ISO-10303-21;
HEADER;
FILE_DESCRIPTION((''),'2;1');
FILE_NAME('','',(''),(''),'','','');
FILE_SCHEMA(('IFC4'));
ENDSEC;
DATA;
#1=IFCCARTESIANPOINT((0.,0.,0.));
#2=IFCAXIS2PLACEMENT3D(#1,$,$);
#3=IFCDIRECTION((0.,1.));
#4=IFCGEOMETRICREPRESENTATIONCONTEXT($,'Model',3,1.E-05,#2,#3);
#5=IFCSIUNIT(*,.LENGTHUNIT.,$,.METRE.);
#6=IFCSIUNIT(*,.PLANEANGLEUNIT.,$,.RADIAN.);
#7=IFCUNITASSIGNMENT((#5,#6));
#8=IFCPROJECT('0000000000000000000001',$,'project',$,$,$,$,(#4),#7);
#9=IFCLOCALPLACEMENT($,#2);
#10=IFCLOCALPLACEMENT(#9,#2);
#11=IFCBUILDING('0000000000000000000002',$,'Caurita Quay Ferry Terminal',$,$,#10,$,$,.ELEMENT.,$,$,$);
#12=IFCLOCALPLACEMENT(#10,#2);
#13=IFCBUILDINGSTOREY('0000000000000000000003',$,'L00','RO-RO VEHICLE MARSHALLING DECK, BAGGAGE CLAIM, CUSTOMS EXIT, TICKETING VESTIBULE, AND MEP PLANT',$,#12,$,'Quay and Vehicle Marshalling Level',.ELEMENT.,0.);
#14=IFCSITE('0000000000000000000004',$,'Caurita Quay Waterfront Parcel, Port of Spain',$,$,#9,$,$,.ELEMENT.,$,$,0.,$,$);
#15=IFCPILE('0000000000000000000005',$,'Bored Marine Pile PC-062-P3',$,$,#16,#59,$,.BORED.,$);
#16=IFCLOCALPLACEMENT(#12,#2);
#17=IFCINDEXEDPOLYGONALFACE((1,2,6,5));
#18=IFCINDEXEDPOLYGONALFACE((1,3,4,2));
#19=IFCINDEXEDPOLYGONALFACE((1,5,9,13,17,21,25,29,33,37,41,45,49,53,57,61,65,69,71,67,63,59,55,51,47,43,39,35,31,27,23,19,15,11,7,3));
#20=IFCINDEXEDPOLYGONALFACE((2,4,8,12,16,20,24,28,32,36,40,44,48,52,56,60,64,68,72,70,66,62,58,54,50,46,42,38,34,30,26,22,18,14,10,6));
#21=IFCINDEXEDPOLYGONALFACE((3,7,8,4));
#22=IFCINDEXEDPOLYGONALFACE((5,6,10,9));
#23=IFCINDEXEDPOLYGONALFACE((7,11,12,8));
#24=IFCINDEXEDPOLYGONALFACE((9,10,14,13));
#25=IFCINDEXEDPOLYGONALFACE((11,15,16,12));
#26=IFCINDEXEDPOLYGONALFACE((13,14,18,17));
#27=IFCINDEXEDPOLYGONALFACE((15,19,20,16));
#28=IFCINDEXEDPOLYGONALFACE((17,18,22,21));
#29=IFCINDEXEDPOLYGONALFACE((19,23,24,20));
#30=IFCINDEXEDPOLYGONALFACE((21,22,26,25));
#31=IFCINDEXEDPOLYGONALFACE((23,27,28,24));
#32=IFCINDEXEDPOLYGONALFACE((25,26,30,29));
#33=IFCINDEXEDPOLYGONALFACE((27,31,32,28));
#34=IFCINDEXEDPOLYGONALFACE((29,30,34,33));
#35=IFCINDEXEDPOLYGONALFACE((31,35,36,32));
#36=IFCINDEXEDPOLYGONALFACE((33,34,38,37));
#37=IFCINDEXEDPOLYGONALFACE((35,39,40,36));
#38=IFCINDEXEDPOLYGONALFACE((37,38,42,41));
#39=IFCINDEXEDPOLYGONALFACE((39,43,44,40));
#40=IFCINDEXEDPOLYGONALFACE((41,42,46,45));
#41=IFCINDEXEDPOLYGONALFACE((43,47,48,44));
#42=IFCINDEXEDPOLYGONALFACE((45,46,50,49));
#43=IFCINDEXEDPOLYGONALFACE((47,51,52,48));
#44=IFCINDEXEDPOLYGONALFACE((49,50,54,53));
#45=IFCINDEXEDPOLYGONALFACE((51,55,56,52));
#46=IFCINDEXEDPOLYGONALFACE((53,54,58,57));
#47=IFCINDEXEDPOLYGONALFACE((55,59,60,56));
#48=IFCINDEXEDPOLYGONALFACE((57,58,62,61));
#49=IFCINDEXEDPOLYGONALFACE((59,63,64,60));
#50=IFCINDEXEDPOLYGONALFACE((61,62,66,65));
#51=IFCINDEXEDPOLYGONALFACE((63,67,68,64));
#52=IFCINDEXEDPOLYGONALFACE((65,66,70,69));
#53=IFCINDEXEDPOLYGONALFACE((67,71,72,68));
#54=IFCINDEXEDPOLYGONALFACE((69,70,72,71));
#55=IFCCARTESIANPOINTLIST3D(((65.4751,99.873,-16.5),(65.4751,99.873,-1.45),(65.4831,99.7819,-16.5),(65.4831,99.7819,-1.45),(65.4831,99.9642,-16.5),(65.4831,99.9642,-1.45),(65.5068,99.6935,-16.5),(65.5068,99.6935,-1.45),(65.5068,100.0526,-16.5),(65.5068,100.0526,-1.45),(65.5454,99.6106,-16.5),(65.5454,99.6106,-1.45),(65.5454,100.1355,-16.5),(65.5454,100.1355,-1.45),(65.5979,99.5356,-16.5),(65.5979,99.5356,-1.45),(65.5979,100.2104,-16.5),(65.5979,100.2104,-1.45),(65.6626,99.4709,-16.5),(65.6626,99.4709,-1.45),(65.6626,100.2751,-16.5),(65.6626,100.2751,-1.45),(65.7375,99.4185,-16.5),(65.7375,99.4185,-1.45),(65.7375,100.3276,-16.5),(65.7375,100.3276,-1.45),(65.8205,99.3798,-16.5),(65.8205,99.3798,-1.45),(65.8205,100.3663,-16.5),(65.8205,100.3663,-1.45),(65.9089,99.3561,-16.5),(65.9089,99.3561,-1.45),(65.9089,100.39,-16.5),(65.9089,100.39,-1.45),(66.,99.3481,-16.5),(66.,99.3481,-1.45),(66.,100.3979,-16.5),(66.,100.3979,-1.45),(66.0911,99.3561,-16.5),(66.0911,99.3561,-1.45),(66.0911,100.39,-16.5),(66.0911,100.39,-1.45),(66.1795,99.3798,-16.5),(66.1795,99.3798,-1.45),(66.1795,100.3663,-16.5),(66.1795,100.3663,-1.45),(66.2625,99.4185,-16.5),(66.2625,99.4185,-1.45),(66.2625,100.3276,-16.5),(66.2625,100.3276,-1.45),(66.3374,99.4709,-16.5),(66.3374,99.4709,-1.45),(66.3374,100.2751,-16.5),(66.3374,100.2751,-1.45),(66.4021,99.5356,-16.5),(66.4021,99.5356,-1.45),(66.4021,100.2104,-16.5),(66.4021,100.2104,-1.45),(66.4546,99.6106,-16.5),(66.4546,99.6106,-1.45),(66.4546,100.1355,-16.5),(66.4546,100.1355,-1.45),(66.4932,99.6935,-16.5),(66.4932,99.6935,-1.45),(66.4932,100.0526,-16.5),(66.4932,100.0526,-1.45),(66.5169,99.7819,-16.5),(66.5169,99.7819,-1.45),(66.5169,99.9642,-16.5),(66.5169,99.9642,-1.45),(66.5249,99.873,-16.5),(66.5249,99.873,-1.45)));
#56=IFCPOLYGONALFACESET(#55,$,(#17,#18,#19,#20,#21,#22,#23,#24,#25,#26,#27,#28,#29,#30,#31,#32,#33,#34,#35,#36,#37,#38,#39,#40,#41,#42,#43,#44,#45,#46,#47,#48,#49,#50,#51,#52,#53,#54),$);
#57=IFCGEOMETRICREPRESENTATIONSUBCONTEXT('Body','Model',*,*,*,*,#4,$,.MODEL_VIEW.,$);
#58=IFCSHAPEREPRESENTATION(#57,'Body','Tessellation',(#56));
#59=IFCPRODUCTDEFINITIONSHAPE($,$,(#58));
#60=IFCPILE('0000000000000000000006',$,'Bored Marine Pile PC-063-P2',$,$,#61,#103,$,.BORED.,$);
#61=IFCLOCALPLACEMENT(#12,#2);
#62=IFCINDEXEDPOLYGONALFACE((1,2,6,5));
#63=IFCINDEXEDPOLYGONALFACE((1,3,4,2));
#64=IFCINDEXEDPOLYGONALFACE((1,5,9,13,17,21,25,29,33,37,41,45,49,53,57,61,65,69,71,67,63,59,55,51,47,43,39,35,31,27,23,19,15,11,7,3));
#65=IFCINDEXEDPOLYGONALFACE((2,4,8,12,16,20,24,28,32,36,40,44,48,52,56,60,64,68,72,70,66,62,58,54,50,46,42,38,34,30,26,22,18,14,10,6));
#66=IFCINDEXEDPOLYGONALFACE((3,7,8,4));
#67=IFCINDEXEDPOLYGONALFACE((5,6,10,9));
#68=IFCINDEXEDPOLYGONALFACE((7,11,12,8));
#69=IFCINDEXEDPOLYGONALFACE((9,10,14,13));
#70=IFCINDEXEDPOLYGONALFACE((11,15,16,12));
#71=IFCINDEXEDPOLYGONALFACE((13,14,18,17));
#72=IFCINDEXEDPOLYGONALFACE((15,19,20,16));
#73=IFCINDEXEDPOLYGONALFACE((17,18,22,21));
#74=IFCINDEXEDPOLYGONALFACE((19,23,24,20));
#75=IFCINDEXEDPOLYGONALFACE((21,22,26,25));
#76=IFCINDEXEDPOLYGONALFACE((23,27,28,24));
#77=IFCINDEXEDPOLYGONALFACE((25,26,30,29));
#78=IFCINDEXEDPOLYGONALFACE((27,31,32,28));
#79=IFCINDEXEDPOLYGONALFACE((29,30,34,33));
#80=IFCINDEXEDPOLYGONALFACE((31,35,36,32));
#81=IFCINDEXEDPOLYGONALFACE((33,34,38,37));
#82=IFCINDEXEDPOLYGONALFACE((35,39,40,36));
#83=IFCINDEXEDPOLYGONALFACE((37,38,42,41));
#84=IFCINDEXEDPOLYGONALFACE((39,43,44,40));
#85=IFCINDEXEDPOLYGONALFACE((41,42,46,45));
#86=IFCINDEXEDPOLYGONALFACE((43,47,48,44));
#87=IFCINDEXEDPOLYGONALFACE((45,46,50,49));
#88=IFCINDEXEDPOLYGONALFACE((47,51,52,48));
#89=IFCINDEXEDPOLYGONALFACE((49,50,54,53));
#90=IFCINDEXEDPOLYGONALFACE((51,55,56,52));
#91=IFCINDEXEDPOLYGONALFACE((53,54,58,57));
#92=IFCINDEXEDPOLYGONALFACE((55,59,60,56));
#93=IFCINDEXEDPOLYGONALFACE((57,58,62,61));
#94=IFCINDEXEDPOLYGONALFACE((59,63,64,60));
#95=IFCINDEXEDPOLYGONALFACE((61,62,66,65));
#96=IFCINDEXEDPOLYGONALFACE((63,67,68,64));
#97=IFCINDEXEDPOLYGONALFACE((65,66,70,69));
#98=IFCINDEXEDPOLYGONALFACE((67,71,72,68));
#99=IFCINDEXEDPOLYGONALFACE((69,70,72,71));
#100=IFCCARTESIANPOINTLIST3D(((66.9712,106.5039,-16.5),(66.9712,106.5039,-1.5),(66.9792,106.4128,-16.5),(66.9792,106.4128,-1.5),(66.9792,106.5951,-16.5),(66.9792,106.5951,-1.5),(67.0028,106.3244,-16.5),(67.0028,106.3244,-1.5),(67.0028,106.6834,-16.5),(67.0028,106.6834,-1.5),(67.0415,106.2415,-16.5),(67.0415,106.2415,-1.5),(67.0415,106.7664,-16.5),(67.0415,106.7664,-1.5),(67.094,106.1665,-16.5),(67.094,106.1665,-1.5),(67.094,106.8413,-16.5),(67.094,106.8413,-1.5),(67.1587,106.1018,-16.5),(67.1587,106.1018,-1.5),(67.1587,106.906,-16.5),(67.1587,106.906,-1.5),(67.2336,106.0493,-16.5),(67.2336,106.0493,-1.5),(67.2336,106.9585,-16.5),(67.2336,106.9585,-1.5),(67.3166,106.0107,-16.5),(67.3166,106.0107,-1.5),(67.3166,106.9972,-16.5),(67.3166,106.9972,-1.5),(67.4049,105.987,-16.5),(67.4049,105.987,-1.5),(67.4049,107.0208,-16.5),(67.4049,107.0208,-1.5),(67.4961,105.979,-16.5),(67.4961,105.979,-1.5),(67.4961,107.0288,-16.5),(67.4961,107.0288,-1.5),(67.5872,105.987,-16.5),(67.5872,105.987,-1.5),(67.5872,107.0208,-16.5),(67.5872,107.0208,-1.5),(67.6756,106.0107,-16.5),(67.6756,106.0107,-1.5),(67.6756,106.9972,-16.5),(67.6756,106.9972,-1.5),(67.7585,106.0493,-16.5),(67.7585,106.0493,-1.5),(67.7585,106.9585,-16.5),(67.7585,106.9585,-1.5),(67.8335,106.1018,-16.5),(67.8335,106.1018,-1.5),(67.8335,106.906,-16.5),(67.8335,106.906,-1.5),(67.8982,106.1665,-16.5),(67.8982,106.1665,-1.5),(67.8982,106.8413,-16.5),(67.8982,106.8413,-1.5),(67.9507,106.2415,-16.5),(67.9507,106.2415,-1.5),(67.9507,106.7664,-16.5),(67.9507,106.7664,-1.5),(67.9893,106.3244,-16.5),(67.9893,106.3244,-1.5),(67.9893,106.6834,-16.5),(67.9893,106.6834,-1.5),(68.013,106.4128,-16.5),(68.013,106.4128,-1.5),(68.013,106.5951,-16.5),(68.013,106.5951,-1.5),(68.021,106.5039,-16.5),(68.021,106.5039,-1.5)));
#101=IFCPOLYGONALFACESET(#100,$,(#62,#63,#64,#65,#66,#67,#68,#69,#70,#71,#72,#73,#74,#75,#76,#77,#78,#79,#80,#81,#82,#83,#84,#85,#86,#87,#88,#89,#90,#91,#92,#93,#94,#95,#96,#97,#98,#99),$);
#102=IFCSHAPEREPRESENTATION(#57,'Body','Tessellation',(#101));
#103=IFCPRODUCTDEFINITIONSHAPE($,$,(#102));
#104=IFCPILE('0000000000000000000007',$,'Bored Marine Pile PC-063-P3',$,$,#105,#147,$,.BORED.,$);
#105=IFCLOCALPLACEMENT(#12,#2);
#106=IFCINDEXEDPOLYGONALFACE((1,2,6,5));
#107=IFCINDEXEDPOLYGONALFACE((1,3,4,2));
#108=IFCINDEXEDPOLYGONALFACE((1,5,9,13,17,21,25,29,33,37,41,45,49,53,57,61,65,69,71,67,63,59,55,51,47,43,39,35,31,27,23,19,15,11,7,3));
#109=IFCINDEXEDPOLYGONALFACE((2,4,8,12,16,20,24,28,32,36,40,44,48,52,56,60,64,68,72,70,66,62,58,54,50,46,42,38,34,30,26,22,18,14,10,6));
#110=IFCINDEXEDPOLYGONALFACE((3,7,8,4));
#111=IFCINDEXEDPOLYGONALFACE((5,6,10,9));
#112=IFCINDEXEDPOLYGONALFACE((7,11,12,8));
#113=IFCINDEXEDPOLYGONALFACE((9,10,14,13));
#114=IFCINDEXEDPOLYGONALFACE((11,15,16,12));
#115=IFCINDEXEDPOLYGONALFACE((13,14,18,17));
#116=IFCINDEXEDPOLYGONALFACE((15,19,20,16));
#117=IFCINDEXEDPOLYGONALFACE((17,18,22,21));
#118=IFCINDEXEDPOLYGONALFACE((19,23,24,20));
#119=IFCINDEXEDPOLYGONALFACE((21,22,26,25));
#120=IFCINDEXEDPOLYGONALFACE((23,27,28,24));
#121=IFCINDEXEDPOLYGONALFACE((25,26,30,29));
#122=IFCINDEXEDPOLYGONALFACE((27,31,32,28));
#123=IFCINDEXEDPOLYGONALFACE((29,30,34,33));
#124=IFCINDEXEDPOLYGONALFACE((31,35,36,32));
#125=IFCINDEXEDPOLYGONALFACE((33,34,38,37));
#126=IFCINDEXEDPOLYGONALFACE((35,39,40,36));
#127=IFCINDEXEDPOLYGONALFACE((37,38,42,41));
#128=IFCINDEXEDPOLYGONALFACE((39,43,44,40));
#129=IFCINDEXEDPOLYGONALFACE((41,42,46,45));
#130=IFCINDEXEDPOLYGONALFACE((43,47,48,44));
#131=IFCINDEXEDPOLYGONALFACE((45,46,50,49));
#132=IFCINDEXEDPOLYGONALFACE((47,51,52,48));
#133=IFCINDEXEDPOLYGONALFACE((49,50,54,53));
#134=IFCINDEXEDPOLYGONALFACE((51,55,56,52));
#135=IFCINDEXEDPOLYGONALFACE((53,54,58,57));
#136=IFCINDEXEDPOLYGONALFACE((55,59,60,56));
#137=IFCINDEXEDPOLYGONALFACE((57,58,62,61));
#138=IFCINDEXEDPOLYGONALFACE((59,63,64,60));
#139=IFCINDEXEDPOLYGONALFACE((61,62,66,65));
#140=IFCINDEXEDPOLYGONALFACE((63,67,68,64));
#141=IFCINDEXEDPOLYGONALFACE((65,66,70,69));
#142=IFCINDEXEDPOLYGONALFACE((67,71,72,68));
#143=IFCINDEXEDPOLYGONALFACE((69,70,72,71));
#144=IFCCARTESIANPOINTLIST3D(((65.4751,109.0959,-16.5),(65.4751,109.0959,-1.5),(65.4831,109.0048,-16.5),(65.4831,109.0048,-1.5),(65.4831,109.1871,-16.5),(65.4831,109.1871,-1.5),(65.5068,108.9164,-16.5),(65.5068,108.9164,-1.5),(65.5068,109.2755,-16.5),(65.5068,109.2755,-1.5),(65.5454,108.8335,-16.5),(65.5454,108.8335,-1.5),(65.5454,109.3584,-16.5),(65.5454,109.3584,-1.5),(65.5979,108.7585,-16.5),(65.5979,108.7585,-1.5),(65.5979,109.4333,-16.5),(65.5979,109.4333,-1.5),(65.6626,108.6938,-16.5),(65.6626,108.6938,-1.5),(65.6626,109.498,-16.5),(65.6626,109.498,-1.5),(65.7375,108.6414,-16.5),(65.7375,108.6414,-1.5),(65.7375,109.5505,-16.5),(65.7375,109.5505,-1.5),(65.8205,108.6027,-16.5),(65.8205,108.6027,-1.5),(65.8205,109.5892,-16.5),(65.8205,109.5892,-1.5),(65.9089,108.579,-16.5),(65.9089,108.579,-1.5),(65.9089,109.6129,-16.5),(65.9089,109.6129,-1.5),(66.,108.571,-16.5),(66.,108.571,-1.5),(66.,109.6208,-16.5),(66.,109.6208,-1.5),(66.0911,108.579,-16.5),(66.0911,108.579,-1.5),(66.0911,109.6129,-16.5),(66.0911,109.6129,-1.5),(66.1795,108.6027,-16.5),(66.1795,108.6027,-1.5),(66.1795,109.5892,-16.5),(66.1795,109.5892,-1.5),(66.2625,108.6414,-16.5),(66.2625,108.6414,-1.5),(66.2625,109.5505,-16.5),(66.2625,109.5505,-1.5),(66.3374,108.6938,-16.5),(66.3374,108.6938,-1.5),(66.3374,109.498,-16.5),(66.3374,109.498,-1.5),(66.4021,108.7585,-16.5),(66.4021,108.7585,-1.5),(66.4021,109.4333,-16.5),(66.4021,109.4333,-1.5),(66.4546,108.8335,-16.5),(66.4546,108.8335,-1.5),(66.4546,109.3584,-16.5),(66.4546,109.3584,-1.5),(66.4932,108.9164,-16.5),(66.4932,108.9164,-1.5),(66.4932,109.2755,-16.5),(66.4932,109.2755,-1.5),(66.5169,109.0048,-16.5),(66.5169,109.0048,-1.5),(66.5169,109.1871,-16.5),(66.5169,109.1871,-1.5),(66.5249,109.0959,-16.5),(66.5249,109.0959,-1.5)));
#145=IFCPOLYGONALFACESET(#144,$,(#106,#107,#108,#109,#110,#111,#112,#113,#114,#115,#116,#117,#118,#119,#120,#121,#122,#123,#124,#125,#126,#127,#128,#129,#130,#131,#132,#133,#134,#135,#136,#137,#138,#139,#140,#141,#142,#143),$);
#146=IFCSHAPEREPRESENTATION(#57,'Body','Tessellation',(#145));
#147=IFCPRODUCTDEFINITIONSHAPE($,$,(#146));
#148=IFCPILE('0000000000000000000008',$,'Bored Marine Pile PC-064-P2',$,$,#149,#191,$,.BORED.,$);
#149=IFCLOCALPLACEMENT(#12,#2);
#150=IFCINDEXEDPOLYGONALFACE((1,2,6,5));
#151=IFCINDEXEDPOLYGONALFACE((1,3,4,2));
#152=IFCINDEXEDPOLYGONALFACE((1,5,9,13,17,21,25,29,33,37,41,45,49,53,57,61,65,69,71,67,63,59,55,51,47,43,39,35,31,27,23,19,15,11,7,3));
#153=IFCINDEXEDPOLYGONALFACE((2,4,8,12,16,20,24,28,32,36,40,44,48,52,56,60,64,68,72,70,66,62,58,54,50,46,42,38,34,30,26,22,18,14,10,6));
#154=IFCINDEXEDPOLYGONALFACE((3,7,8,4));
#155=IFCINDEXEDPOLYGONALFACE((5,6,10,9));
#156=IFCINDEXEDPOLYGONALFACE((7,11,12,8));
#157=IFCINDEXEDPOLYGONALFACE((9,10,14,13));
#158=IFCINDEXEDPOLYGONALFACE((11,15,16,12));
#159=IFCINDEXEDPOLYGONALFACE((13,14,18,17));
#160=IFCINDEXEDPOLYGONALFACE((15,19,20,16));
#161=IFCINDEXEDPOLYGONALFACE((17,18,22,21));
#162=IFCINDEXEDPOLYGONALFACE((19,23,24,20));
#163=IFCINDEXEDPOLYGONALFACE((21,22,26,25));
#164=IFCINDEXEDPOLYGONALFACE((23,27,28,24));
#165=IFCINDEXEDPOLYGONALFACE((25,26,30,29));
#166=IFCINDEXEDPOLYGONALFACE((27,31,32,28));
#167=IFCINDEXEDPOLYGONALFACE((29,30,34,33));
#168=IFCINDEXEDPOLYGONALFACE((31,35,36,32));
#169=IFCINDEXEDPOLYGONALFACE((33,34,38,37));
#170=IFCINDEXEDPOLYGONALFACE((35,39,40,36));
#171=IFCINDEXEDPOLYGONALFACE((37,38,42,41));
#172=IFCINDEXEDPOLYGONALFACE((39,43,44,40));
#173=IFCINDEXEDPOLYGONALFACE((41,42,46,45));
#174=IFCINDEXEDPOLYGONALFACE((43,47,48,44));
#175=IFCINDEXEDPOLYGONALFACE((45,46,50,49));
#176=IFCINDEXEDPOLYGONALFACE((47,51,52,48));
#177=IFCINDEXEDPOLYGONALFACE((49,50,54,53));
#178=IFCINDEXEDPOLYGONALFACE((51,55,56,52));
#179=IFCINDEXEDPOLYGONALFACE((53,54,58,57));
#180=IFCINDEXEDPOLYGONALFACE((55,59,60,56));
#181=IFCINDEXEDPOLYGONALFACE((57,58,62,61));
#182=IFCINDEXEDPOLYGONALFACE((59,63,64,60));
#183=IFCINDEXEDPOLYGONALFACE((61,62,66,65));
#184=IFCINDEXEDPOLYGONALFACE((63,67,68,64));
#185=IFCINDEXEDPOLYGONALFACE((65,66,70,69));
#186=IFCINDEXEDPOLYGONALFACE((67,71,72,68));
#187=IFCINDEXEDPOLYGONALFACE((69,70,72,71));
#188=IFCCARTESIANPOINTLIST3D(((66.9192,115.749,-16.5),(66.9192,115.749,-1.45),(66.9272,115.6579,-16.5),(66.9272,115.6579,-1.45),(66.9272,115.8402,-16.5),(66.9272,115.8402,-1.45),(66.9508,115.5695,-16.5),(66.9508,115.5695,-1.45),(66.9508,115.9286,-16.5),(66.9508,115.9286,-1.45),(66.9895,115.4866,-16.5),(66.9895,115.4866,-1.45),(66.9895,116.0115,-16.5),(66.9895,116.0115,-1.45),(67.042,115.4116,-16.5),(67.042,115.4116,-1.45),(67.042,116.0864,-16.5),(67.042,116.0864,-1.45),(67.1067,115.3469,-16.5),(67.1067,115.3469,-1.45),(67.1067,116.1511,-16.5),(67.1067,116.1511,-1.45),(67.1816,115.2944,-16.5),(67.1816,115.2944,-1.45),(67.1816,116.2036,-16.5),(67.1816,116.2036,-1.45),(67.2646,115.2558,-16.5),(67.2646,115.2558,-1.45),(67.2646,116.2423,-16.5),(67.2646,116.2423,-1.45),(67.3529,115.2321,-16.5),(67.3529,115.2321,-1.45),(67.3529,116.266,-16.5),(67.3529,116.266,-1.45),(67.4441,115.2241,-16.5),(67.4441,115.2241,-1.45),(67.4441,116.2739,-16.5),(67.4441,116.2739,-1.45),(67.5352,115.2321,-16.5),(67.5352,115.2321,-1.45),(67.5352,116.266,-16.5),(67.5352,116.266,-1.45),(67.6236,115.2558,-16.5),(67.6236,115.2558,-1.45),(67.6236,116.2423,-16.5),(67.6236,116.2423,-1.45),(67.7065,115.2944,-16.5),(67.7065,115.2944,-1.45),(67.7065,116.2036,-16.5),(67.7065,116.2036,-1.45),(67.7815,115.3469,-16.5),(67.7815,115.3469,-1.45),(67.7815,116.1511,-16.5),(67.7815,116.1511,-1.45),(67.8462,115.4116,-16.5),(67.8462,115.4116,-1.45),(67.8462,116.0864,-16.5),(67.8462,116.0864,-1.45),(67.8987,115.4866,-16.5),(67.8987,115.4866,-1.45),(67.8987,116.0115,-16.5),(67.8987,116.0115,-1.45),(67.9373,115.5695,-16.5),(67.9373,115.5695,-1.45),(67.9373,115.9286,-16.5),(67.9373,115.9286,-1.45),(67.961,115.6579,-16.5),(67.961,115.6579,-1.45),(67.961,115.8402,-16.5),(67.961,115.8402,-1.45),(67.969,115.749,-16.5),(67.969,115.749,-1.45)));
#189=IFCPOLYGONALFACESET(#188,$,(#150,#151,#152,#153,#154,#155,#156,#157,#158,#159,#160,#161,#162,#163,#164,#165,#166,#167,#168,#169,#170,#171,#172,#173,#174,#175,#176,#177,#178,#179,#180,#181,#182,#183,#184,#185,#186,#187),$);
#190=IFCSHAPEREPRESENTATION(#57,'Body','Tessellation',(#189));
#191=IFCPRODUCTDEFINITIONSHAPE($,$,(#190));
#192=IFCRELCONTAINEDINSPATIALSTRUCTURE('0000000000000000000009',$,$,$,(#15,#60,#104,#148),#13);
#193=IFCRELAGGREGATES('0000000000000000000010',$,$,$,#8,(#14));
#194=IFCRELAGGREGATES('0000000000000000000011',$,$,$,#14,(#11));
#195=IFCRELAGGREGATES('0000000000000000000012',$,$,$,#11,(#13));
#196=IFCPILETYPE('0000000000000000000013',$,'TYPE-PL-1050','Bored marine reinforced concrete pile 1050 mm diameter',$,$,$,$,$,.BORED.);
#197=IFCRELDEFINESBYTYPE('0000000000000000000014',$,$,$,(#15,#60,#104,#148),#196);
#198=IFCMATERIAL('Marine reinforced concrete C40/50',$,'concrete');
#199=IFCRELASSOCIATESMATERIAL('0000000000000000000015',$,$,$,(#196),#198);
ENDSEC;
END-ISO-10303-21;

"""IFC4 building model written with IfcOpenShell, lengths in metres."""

from ifc_helpers import new_model, si_unit, direction, frame, origin, origin_2d, place, context, subcontext, project, spatial, circle, extrude, material, material_profile, profile_set, type_object, element, save


model = new_model("IFC4")

# Units and contexts
model_context = context("Model", 3, precision=1e-05, world=origin(), true_north=direction((0.0, 1.0)))
body_context = subcontext(model_context, "Body", "Model", "MODEL_VIEW")
ifc_project = project(units=[si_unit("LENGTHUNIT", "METRE"), si_unit("PLANEANGLEUNIT", "RADIAN")], contexts=[model_context])

# Site, building, storey
site_placement = place(None, origin())
site = spatial("IfcSite", under=ifc_project, at=site_placement, Name="Caurita Quay Waterfront Parcel, Port of Spain", CompositionType="ELEMENT", RefElevation=0.0)
building_placement = place(site_placement, origin())
building = spatial("IfcBuilding", under=site, at=building_placement, Name="Caurita Quay Ferry Terminal", CompositionType="ELEMENT")
storey_placement = place(building_placement, origin())
storey = spatial("IfcBuildingStorey", under=building, at=storey_placement, Name="L00", Description="RO-RO VEHICLE MARSHALLING DECK, BAGGAGE CLAIM, CUSTOMS EXIT, TICKETING VESTIBULE, AND MEP PLANT", LongName="Quay and Vehicle Marshalling Level", CompositionType="ELEMENT", Elevation=0.0)

# Piles
ifc_material_1 = material(Name="Marine reinforced concrete C40/50", Category="concrete")
ifc_material_profile_1 = material_profile(ifc_material_1, circle(Radius=0.5249, at=origin_2d()), Name="PILE-D1050")
ifc_profile_set_1 = profile_set([ifc_material_profile_1], Name="Marine reinforced concrete C40/50")
pile_type_1 = type_object("IfcPileType", Name="TYPE-PL-1050", Description="Bored marine reinforced concrete pile 1050 mm diameter", PredefinedType="BORED", material=ifc_profile_set_1)
pile_placement = place(storey_placement, frame((66.0, 99.873, -1.45), z_axis=(0.0, 0.0, -1.0), x_axis=(1.0, 0.0, 0.0)))
element("IfcPile", 1, at=pile_placement, inside=storey, type_object=pile_type_1, Name="Bored Marine Pile PC-062-P3", PredefinedType="BORED", context=body_context, shape_type="SweptSolid", body=[
    extrude(circle(Radius=0.5249, at=origin_2d()), origin(), (0.0, 0.0, 1.0), 15.05),
])
for number, where, z_axis, x_axis, name in (
    (2, (67.4961, 106.5039, -1.5), (0.0, 0.0, -1.0), (1.0, 0.0, 0.0), "Bored Marine Pile PC-063-P2"),
    (3, (66.0, 109.0959, -1.5), (0.0, 0.0, -1.0), (1.0, 0.0, 0.0), "Bored Marine Pile PC-063-P3"),
):
    element("IfcPile", number, at=place(storey_placement, frame(where, z_axis=z_axis, x_axis=x_axis)), inside=storey, type_object=pile_type_1, Name=name, PredefinedType="BORED", context=body_context, shape_type="SweptSolid", body=[
        extrude(circle(Radius=0.5249, at=origin_2d()), origin(), (0.0, 0.0, 1.0), 15.0),
    ])
for number, where, z_axis, x_axis, name in (
    (4, (67.4441, 115.749, -1.45), (0.0, 0.0, -1.0), (1.0, 0.0, 0.0), "Bored Marine Pile PC-064-P2"),
):
    element("IfcPile", number, at=place(storey_placement, frame(where, z_axis=z_axis, x_axis=x_axis)), inside=storey, type_object=pile_type_1, Name=name, PredefinedType="BORED", context=body_context, shape_type="SweptSolid", body=[
        extrude(circle(Radius=0.5249, at=origin_2d()), origin(), (0.0, 0.0, 1.0), 15.05),
    ])

save(model, "model.ifc")
